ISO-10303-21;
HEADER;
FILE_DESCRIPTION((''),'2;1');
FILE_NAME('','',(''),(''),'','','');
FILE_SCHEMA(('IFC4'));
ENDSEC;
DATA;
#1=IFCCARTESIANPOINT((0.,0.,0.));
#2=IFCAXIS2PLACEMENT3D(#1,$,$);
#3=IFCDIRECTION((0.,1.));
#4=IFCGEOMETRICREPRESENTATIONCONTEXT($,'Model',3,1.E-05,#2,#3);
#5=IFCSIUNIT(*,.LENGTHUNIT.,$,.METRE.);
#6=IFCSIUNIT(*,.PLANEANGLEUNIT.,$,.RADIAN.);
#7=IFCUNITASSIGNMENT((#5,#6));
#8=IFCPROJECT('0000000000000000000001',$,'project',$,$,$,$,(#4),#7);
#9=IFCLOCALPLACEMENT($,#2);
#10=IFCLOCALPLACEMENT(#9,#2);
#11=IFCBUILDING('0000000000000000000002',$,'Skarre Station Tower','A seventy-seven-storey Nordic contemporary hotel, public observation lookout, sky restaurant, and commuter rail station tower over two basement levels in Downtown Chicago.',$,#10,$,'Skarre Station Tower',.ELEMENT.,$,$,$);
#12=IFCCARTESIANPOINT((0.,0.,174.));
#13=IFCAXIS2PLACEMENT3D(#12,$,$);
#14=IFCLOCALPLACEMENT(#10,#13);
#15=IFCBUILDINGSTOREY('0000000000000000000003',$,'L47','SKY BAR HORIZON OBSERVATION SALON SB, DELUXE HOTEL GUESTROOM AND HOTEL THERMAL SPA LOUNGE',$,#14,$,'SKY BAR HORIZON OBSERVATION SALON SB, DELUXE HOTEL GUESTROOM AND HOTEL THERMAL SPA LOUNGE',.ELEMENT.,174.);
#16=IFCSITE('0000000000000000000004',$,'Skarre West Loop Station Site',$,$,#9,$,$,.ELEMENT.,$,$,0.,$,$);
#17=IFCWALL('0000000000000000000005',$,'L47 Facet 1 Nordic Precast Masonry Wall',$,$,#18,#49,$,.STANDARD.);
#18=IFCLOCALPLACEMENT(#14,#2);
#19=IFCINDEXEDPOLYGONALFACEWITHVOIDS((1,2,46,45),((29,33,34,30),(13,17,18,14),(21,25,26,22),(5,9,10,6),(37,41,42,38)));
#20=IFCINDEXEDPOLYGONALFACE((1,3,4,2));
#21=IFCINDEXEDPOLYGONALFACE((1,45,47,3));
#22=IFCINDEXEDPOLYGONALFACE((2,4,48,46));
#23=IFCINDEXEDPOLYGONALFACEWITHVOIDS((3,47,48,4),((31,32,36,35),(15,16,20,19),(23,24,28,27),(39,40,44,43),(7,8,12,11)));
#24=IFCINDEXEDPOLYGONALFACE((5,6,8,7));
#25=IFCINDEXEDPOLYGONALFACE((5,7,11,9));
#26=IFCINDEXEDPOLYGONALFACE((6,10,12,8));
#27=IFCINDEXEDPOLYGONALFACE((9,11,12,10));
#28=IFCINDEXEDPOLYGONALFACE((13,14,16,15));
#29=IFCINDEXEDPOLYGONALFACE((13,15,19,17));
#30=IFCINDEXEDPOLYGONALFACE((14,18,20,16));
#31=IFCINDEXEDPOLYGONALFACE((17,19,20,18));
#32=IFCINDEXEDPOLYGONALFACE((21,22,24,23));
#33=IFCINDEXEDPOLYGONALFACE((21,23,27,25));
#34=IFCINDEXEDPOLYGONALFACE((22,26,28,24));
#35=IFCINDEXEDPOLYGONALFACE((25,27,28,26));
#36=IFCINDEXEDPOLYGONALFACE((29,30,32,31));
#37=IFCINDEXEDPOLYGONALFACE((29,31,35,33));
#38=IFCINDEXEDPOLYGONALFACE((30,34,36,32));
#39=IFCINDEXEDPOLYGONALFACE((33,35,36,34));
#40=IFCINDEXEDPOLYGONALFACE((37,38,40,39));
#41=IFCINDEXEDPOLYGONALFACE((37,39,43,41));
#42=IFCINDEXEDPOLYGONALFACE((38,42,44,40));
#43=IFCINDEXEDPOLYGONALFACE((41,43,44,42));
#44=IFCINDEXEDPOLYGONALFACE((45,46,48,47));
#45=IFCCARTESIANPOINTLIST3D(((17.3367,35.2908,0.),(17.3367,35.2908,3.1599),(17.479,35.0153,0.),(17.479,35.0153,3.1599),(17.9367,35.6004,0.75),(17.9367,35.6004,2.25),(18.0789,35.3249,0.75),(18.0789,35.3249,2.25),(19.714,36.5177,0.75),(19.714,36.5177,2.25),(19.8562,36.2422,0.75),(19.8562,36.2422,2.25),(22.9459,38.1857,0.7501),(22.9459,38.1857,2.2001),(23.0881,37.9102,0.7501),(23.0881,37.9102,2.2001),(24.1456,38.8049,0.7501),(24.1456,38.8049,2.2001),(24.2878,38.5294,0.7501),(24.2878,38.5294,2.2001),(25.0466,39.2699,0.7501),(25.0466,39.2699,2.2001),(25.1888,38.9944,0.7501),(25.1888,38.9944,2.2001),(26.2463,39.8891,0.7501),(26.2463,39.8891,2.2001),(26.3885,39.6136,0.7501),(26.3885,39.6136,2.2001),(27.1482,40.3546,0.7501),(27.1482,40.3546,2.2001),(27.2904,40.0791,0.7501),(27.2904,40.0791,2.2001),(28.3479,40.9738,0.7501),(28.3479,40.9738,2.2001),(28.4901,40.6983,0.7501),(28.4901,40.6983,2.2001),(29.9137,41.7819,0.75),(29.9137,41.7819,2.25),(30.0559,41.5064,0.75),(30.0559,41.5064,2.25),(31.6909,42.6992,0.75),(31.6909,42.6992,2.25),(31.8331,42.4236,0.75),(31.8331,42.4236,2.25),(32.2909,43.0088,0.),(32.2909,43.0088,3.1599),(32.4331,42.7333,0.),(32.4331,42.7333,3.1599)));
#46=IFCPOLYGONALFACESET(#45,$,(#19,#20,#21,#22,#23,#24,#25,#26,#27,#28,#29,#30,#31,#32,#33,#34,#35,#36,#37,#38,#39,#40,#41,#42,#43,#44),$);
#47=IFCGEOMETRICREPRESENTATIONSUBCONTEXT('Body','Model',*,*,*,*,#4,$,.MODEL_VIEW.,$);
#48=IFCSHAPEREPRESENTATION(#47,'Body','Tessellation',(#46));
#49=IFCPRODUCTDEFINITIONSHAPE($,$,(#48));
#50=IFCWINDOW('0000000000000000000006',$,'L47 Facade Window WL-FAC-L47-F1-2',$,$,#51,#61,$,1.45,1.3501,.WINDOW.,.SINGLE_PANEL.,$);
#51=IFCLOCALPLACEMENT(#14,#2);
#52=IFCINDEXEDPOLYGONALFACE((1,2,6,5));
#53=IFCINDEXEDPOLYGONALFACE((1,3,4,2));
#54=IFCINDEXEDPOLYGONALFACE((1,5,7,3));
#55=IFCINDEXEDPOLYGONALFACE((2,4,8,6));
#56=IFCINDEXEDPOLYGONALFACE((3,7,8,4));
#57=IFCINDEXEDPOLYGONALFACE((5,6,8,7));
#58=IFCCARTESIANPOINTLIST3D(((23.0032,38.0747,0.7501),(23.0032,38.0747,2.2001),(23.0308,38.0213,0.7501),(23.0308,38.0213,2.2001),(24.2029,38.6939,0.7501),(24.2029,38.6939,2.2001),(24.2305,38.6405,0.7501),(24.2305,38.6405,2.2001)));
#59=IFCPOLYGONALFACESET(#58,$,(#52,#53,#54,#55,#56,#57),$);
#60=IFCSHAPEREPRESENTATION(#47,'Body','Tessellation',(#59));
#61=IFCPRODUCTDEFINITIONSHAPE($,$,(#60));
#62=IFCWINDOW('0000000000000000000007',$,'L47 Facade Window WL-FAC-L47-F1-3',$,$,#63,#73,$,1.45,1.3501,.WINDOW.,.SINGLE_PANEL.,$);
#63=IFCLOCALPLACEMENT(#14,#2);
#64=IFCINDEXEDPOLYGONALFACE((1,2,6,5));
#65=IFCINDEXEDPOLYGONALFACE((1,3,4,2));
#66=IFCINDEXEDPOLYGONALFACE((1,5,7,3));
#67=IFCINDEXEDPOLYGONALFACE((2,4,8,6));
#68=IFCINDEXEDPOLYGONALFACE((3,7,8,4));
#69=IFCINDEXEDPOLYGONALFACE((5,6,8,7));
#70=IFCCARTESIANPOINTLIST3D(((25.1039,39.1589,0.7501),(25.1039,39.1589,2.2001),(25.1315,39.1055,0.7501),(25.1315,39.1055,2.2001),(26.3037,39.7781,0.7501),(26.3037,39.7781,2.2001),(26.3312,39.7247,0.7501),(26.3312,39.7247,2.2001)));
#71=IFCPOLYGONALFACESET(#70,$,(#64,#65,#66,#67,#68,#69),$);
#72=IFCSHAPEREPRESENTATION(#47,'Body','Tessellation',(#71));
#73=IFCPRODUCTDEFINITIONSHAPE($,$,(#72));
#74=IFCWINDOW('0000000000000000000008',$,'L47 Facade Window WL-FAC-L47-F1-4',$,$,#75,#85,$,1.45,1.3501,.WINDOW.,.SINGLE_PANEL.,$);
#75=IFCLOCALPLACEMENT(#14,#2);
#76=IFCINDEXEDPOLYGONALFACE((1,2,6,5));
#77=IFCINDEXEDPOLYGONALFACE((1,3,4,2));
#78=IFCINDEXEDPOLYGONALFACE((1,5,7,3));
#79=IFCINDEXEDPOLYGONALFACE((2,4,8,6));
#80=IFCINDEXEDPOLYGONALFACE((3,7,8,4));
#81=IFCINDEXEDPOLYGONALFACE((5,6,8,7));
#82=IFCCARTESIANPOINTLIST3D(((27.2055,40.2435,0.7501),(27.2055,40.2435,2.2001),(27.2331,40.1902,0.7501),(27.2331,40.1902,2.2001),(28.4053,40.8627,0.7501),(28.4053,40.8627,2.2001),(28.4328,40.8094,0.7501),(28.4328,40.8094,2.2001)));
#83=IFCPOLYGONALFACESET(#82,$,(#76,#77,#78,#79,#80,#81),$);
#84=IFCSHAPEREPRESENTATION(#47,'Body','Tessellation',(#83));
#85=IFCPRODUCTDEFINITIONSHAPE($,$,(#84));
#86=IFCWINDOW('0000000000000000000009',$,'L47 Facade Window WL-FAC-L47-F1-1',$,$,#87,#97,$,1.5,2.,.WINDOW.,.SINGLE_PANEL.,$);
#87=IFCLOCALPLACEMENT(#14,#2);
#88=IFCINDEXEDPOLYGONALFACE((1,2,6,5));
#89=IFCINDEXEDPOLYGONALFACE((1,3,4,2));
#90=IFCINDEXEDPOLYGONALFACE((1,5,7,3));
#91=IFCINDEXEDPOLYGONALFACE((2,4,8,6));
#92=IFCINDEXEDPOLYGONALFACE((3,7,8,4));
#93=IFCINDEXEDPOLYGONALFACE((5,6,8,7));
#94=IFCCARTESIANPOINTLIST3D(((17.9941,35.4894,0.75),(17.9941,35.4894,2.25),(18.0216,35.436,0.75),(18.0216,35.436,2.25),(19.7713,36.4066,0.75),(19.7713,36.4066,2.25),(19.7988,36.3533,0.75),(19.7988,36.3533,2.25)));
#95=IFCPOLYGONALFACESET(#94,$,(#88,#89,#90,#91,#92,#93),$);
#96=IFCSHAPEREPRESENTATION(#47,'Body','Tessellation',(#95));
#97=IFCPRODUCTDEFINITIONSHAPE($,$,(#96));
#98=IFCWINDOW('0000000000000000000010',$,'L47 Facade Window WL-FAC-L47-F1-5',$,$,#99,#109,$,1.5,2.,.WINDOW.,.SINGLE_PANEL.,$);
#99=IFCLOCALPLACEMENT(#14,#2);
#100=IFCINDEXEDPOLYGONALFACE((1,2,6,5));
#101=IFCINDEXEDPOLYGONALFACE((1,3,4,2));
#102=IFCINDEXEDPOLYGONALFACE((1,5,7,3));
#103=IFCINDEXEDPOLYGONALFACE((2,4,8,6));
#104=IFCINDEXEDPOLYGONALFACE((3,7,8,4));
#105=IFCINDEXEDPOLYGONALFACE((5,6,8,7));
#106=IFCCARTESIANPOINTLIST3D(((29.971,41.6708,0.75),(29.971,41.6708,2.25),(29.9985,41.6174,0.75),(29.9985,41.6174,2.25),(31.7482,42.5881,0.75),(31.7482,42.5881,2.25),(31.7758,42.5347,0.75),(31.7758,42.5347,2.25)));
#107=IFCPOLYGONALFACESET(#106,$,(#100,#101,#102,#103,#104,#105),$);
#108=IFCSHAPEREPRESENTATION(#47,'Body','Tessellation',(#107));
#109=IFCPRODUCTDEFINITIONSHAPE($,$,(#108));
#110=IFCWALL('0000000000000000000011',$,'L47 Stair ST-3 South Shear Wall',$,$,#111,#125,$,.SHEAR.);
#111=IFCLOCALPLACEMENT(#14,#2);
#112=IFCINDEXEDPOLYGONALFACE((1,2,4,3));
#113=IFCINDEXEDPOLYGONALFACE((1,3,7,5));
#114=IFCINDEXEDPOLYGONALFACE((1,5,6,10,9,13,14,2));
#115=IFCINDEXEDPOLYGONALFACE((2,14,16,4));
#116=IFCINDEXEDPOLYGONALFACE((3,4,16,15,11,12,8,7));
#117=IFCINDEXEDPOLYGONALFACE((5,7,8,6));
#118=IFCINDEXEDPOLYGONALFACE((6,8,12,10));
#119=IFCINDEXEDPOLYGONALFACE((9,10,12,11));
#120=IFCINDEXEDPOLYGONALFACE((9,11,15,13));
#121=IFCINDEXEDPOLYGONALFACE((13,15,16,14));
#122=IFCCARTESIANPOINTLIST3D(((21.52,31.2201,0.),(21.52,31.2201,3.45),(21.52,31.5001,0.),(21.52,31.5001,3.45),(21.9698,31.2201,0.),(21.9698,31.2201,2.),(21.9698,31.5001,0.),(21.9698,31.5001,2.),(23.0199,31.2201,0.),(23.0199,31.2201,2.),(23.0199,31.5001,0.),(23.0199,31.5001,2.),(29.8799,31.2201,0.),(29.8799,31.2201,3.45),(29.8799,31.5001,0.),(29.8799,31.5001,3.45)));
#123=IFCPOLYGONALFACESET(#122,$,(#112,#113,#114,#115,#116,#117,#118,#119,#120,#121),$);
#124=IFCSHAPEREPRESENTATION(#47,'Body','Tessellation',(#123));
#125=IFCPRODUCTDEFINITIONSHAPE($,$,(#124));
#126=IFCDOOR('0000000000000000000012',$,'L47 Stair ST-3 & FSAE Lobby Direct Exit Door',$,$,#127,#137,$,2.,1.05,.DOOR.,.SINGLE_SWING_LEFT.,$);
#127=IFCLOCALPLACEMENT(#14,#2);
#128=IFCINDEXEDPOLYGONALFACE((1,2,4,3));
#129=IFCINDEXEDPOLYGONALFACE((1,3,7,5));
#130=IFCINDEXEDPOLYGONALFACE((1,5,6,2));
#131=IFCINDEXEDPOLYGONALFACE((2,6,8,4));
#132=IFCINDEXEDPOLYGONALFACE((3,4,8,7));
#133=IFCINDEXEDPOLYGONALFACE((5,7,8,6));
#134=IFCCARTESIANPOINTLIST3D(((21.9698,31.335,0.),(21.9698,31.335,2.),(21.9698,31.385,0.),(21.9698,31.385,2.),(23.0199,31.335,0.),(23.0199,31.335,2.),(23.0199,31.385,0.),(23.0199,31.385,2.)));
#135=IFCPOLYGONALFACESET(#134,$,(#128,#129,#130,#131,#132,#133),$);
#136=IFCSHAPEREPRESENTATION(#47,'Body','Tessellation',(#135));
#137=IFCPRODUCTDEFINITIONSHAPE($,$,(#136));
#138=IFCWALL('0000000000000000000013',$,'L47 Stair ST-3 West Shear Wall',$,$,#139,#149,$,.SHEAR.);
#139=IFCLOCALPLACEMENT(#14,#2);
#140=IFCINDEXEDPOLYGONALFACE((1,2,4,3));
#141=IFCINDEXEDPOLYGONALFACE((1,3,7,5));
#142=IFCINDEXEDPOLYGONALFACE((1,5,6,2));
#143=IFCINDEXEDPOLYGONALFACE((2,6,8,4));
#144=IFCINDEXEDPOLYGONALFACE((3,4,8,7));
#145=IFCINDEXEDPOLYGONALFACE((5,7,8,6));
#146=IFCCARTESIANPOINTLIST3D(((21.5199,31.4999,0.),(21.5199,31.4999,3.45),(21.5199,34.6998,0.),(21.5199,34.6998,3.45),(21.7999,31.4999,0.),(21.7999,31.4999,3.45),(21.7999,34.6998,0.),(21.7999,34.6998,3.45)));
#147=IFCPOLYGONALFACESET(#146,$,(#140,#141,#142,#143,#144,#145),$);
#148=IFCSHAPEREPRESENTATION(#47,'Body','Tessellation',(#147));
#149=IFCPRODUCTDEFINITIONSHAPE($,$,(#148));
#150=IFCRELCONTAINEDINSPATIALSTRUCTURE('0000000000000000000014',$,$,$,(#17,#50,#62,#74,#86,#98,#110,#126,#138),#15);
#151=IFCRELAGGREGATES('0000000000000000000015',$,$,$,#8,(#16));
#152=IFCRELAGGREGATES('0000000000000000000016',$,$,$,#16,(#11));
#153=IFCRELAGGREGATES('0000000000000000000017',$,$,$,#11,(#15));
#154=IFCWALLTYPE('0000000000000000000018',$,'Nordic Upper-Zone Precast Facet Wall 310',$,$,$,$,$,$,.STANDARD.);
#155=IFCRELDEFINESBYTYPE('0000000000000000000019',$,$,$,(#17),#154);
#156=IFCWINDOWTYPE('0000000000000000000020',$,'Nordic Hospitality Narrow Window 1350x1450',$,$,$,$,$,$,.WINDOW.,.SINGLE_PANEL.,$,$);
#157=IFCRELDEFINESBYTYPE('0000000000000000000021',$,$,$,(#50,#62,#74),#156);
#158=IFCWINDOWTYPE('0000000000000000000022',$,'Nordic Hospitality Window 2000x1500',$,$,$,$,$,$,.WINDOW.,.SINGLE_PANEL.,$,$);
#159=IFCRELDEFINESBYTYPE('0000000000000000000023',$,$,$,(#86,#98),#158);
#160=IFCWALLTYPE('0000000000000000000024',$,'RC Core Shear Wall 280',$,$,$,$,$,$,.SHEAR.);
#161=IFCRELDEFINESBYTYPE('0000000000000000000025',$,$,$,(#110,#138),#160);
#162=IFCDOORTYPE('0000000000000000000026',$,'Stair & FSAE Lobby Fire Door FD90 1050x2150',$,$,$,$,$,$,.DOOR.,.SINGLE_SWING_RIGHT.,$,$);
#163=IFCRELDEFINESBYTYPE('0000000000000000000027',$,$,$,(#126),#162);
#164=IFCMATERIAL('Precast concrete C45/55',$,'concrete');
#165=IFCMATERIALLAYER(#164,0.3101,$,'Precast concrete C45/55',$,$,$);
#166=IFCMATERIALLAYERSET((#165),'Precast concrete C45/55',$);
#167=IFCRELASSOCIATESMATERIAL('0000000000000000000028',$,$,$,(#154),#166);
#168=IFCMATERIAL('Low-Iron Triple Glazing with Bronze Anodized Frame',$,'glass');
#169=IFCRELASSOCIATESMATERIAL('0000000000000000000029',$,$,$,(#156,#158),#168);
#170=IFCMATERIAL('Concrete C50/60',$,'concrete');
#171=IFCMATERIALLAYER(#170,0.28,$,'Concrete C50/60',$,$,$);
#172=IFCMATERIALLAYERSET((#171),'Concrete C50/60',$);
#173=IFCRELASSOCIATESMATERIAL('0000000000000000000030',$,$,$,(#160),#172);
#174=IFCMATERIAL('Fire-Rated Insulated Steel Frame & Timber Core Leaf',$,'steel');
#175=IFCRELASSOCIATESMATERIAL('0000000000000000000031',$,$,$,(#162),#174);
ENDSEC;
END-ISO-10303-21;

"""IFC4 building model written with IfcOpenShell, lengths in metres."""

from ifc_helpers import new_model, si_unit, direction, frame, frame_2d, origin, place, context, subcontext, project, spatial, rectangle, extrude, material, layer, layer_set, type_object, element, fill, save


model = new_model("IFC4")

# Units and contexts
model_context = context("Model", 3, precision=1e-05, world=origin(), true_north=direction((0.0, 1.0)))
body_context = subcontext(model_context, "Body", "Model", "MODEL_VIEW")
ifc_project = project(units=[si_unit("LENGTHUNIT", "METRE"), si_unit("PLANEANGLEUNIT", "RADIAN")], contexts=[model_context])

# Site, building, storey
site_placement = place(None, origin())
site = spatial("IfcSite", under=ifc_project, at=site_placement, Name="Skarre West Loop Station Site", CompositionType="ELEMENT", RefElevation=0.0)
building_placement = place(site_placement, origin())
building = spatial("IfcBuilding", under=site, at=building_placement, Name="Skarre Station Tower", Description="A seventy-seven-storey Nordic contemporary hotel, public observation lookout, sky restaurant, and commuter rail station tower over two basement levels in Downtown Chicago.", LongName="Skarre Station Tower", CompositionType="ELEMENT")
storey_placement = place(building_placement, frame((0.0, 0.0, 174.0)))
storey = spatial("IfcBuildingStorey", under=building, at=storey_placement, Name="L47", Description="SKY BAR HORIZON OBSERVATION SALON SB, DELUXE HOTEL GUESTROOM AND HOTEL THERMAL SPA LOUNGE", LongName="SKY BAR HORIZON OBSERVATION SALON SB, DELUXE HOTEL GUESTROOM AND HOTEL THERMAL SPA LOUNGE", CompositionType="ELEMENT", Elevation=174.0)

# Shared definitions
ifc_material_1 = material(Name="Concrete C50/60", Category="concrete")

# Shared definitions
ifc_material_2 = material(Name="Precast concrete C45/55", Category="concrete")

# Wall, openings, windows
ifc_layer_1 = layer(ifc_material_2, 0.3101, Name="Precast concrete C45/55")
ifc_layer_set_1 = layer_set([ifc_layer_1], Name="Precast concrete C45/55")
wall_type_1 = type_object("IfcWallType", Name="Nordic Upper-Zone Precast Facet Wall 310", PredefinedType="STANDARD", material=ifc_layer_set_1)
wall_1_placement = place(storey_placement, frame((17.408, 35.1531, 0.0), z_axis=(0.0, 0.0, 1.0), x_axis=(0.888626, 0.458632, 0.0)))
wall_1 = element("IfcWall", 1, at=wall_1_placement, inside=storey, type_object=wall_type_1, Name="L47 Facet 1 Nordic Precast Masonry Wall", PredefinedType="STANDARD", context=body_context, shape_type="SweptSolid", body=[
    extrude(rectangle(XDim=16.8284, YDim=0.3101, at=frame_2d((8.4141, 0.0))), origin(), (0.0, 0.0, 1.0), 3.1599),
])
opening_1_placement = place(wall_1_placement, frame((0.675, 0.0, 0.75)))
opening_1 = element("IfcOpeningElement", 2, at=opening_1_placement, cuts=wall_1, PredefinedType="OPENING", context=body_context, shape_type="SweptSolid", body=[
    extrude(rectangle(XDim=2.0, YDim=1.5, at=frame_2d((1.0, 0.75))), frame((0.0, 0.165, 0.0), z_axis=(0.0, -1.0, 0.0), x_axis=(1.0, 0.0, 0.0)), (0.0, 0.0, 1.0), 0.3301),
])
opening_2_placement = place(wall_1_placement, frame((6.312, 0.0, 0.75)))
opening_2 = element("IfcOpeningElement", 3, at=opening_2_placement, cuts=wall_1, PredefinedType="OPENING", context=body_context, shape_type="SweptSolid", body=[
    extrude(rectangle(XDim=1.3501, YDim=1.45, at=frame_2d((0.675, 0.7251))), frame((0.0, 0.165, 0.0), z_axis=(0.0, -1.0, 0.0), x_axis=(1.0, 0.0, 0.0)), (0.0, 0.0, 1.0), 0.3301),
])
opening_3_placement = place(wall_1_placement, frame((8.676, 0.0, 0.75)))
opening_3 = element("IfcOpeningElement", 4, at=opening_3_placement, cuts=wall_1, PredefinedType="OPENING", context=body_context, shape_type="SweptSolid", body=[
    extrude(rectangle(XDim=1.3501, YDim=1.45, at=frame_2d((0.675, 0.7251))), frame((0.0, 0.165, 0.0), z_axis=(0.0, -1.0, 0.0), x_axis=(1.0, 0.0, 0.0)), (0.0, 0.0, 1.0), 0.3301),
])
opening_4_placement = place(wall_1_placement, frame((11.041, 0.0, 0.75)))
opening_4 = element("IfcOpeningElement", 5, at=opening_4_placement, cuts=wall_1, PredefinedType="OPENING", context=body_context, shape_type="SweptSolid", body=[
    extrude(rectangle(XDim=1.3501, YDim=1.45, at=frame_2d((0.675, 0.7251))), frame((0.0, 0.165, 0.0), z_axis=(0.0, -1.0, 0.0), x_axis=(1.0, 0.0, 0.0)), (0.0, 0.0, 1.0), 0.3301),
])
opening_5_placement = place(wall_1_placement, frame((14.1531, 0.0, 0.75)))
opening_5 = element("IfcOpeningElement", 6, at=opening_5_placement, cuts=wall_1, PredefinedType="OPENING", context=body_context, shape_type="SweptSolid", body=[
    extrude(rectangle(XDim=2.0, YDim=1.5, at=frame_2d((1.0, 0.75))), frame((0.0, 0.165, 0.0), z_axis=(0.0, -1.0, 0.0), x_axis=(1.0, 0.0, 0.0)), (0.0, 0.0, 1.0), 0.3301),
])
ifc_material_3 = material(Name="Low-Iron Triple Glazing with Bronze Anodized Frame", Category="glass")
window_type_1 = type_object("IfcWindowType", Name="Nordic Hospitality Narrow Window 1350x1450", PartitioningType="SINGLE_PANEL", PredefinedType="WINDOW", material=ifc_material_3)
window_1_placement = place(opening_2_placement, origin())
window_1 = element("IfcWindow", 7, at=window_1_placement, inside=storey, type_object=window_type_1, Name="L47 Facade Window WL-FAC-L47-F1-2", OverallHeight=1.45, OverallWidth=1.3501, PartitioningType="SINGLE_PANEL", PredefinedType="WINDOW", context=body_context, shape_type="SweptSolid", body=[
    extrude(rectangle(XDim=1.3501, YDim=1.45, at=frame_2d((0.675, 0.7251))), frame((0.0, 0.03, 0.0), z_axis=(0.0, -1.0, 0.0), x_axis=(1.0, 0.0, 0.0)), (0.0, 0.0, 1.0), 0.0601),
])
fill(opening_2, window_1)
window_2_placement = place(opening_3_placement, origin())
window_2 = element("IfcWindow", 8, at=window_2_placement, inside=storey, type_object=window_type_1, Name="L47 Facade Window WL-FAC-L47-F1-3", OverallHeight=1.45, OverallWidth=1.3501, PartitioningType="SINGLE_PANEL", PredefinedType="WINDOW", context=body_context, shape_type="SweptSolid", body=[
    extrude(rectangle(XDim=1.3501, YDim=1.45, at=frame_2d((0.675, 0.7251))), frame((0.0, 0.03, 0.0), z_axis=(0.0, -1.0, 0.0), x_axis=(1.0, 0.0, 0.0)), (0.0, 0.0, 1.0), 0.0601),
])
fill(opening_3, window_2)
window_3_placement = place(opening_4_placement, origin())
window_3 = element("IfcWindow", 9, at=window_3_placement, inside=storey, type_object=window_type_1, Name="L47 Facade Window WL-FAC-L47-F1-4", OverallHeight=1.45, OverallWidth=1.3501, PartitioningType="SINGLE_PANEL", PredefinedType="WINDOW", context=body_context, shape_type="SweptSolid", body=[
    extrude(rectangle(XDim=1.3501, YDim=1.45, at=frame_2d((0.675, 0.7251))), frame((0.0, 0.03, 0.0), z_axis=(0.0, -1.0, 0.0), x_axis=(1.0, 0.0, 0.0)), (0.0, 0.0, 1.0), 0.0601),
])
fill(opening_4, window_3)
window_type_2 = type_object("IfcWindowType", Name="Nordic Hospitality Window 2000x1500", PartitioningType="SINGLE_PANEL", PredefinedType="WINDOW", material=ifc_material_3)
window_4_placement = place(opening_1_placement, origin())
window_4 = element("IfcWindow", 10, at=window_4_placement, inside=storey, type_object=window_type_2, Name="L47 Facade Window WL-FAC-L47-F1-1", OverallHeight=1.5, OverallWidth=2.0, PartitioningType="SINGLE_PANEL", PredefinedType="WINDOW", context=body_context, shape_type="SweptSolid", body=[
    extrude(rectangle(XDim=2.0, YDim=1.5, at=frame_2d((1.0, 0.75))), frame((0.0, 0.03, 0.0), z_axis=(0.0, -1.0, 0.0), x_axis=(1.0, 0.0, 0.0)), (0.0, 0.0, 1.0), 0.0601),
])
fill(opening_1, window_4)
window_5_placement = place(opening_5_placement, origin())
window_5 = element("IfcWindow", 11, at=window_5_placement, inside=storey, type_object=window_type_2, Name="L47 Facade Window WL-FAC-L47-F1-5", OverallHeight=1.5, OverallWidth=2.0, PartitioningType="SINGLE_PANEL", PredefinedType="WINDOW", context=body_context, shape_type="SweptSolid", body=[
    extrude(rectangle(XDim=2.0, YDim=1.5, at=frame_2d((1.0, 0.75))), frame((0.0, 0.03, 0.0), z_axis=(0.0, -1.0, 0.0), x_axis=(1.0, 0.0, 0.0)), (0.0, 0.0, 1.0), 0.0601),
])
fill(opening_5, window_5)

# Wall, opening, door
ifc_layer_2 = layer(ifc_material_1, 0.28, Name="Concrete C50/60")
ifc_layer_set_2 = layer_set([ifc_layer_2], Name="Concrete C50/60")
wall_type_2 = type_object("IfcWallType", Name="RC Core Shear Wall 280", PredefinedType="SHEAR", material=ifc_layer_set_2)
wall_2_placement = place(storey_placement, frame((21.52, 31.3601, 0.0), z_axis=(0.0, 0.0, 1.0), x_axis=(1.0, 0.0, 0.0)))
wall_2 = element("IfcWall", 12, at=wall_2_placement, inside=storey, type_object=wall_type_2, Name="L47 Stair ST-3 South Shear Wall", PredefinedType="SHEAR", context=body_context, shape_type="SweptSolid", body=[
    extrude(rectangle(XDim=8.3599, YDim=0.28, at=frame_2d((4.1799, 0.0))), origin(), (0.0, 0.0, 1.0), 3.45),
])
opening_6_placement = place(wall_2_placement, frame((0.45, 0.0, 0.0)))
opening_6 = element("IfcOpeningElement", 13, at=opening_6_placement, cuts=wall_2, PredefinedType="OPENING", context=body_context, shape_type="SweptSolid", body=[
    extrude(rectangle(XDim=1.05, YDim=2.0, at=frame_2d((0.5249, 1.0))), frame((0.0, 0.1499, 0.0), z_axis=(0.0, -1.0, 0.0), x_axis=(1.0, 0.0, 0.0)), (0.0, 0.0, 1.0), 0.3),
])
ifc_material_4 = material(Name="Fire-Rated Insulated Steel Frame & Timber Core Leaf", Category="steel")
door_type_1 = type_object("IfcDoorType", Name="Stair & FSAE Lobby Fire Door FD90 1050x2150", OperationType="SINGLE_SWING_RIGHT", PredefinedType="DOOR", material=ifc_material_4)
door_1_placement = place(opening_6_placement, origin())
door_1 = element("IfcDoor", 14, at=door_1_placement, inside=storey, type_object=door_type_1, Name="L47 Stair ST-3 & FSAE Lobby Direct Exit Door", OperationType="SINGLE_SWING_LEFT", OverallHeight=2.0, OverallWidth=1.05, PredefinedType="DOOR", context=body_context, shape_type="SweptSolid", body=[
    extrude(rectangle(XDim=1.05, YDim=2.0, at=frame_2d((0.5249, 1.0))), frame((0.0, 0.0249, 0.0), z_axis=(0.0, -1.0, 0.0), x_axis=(1.0, 0.0, 0.0)), (0.0, 0.0, 1.0), 0.05),
])
fill(opening_6, door_1)

# Wall
wall_3_placement = place(storey_placement, frame((21.6599, 34.7, 0.0), z_axis=(0.0, 0.0, 1.0), x_axis=(0.0, -1.0, 0.0)))
element("IfcWall", 15, at=wall_3_placement, inside=storey, type_object=wall_type_2, Name="L47 Stair ST-3 West Shear Wall", PredefinedType="SHEAR", context=body_context, shape_type="SweptSolid", body=[
    extrude(rectangle(XDim=3.2, YDim=0.28, at=frame_2d((1.6001, 0.0))), origin(), (0.0, 0.0, 1.0), 3.45),
])

save(model, "model.ifc")
